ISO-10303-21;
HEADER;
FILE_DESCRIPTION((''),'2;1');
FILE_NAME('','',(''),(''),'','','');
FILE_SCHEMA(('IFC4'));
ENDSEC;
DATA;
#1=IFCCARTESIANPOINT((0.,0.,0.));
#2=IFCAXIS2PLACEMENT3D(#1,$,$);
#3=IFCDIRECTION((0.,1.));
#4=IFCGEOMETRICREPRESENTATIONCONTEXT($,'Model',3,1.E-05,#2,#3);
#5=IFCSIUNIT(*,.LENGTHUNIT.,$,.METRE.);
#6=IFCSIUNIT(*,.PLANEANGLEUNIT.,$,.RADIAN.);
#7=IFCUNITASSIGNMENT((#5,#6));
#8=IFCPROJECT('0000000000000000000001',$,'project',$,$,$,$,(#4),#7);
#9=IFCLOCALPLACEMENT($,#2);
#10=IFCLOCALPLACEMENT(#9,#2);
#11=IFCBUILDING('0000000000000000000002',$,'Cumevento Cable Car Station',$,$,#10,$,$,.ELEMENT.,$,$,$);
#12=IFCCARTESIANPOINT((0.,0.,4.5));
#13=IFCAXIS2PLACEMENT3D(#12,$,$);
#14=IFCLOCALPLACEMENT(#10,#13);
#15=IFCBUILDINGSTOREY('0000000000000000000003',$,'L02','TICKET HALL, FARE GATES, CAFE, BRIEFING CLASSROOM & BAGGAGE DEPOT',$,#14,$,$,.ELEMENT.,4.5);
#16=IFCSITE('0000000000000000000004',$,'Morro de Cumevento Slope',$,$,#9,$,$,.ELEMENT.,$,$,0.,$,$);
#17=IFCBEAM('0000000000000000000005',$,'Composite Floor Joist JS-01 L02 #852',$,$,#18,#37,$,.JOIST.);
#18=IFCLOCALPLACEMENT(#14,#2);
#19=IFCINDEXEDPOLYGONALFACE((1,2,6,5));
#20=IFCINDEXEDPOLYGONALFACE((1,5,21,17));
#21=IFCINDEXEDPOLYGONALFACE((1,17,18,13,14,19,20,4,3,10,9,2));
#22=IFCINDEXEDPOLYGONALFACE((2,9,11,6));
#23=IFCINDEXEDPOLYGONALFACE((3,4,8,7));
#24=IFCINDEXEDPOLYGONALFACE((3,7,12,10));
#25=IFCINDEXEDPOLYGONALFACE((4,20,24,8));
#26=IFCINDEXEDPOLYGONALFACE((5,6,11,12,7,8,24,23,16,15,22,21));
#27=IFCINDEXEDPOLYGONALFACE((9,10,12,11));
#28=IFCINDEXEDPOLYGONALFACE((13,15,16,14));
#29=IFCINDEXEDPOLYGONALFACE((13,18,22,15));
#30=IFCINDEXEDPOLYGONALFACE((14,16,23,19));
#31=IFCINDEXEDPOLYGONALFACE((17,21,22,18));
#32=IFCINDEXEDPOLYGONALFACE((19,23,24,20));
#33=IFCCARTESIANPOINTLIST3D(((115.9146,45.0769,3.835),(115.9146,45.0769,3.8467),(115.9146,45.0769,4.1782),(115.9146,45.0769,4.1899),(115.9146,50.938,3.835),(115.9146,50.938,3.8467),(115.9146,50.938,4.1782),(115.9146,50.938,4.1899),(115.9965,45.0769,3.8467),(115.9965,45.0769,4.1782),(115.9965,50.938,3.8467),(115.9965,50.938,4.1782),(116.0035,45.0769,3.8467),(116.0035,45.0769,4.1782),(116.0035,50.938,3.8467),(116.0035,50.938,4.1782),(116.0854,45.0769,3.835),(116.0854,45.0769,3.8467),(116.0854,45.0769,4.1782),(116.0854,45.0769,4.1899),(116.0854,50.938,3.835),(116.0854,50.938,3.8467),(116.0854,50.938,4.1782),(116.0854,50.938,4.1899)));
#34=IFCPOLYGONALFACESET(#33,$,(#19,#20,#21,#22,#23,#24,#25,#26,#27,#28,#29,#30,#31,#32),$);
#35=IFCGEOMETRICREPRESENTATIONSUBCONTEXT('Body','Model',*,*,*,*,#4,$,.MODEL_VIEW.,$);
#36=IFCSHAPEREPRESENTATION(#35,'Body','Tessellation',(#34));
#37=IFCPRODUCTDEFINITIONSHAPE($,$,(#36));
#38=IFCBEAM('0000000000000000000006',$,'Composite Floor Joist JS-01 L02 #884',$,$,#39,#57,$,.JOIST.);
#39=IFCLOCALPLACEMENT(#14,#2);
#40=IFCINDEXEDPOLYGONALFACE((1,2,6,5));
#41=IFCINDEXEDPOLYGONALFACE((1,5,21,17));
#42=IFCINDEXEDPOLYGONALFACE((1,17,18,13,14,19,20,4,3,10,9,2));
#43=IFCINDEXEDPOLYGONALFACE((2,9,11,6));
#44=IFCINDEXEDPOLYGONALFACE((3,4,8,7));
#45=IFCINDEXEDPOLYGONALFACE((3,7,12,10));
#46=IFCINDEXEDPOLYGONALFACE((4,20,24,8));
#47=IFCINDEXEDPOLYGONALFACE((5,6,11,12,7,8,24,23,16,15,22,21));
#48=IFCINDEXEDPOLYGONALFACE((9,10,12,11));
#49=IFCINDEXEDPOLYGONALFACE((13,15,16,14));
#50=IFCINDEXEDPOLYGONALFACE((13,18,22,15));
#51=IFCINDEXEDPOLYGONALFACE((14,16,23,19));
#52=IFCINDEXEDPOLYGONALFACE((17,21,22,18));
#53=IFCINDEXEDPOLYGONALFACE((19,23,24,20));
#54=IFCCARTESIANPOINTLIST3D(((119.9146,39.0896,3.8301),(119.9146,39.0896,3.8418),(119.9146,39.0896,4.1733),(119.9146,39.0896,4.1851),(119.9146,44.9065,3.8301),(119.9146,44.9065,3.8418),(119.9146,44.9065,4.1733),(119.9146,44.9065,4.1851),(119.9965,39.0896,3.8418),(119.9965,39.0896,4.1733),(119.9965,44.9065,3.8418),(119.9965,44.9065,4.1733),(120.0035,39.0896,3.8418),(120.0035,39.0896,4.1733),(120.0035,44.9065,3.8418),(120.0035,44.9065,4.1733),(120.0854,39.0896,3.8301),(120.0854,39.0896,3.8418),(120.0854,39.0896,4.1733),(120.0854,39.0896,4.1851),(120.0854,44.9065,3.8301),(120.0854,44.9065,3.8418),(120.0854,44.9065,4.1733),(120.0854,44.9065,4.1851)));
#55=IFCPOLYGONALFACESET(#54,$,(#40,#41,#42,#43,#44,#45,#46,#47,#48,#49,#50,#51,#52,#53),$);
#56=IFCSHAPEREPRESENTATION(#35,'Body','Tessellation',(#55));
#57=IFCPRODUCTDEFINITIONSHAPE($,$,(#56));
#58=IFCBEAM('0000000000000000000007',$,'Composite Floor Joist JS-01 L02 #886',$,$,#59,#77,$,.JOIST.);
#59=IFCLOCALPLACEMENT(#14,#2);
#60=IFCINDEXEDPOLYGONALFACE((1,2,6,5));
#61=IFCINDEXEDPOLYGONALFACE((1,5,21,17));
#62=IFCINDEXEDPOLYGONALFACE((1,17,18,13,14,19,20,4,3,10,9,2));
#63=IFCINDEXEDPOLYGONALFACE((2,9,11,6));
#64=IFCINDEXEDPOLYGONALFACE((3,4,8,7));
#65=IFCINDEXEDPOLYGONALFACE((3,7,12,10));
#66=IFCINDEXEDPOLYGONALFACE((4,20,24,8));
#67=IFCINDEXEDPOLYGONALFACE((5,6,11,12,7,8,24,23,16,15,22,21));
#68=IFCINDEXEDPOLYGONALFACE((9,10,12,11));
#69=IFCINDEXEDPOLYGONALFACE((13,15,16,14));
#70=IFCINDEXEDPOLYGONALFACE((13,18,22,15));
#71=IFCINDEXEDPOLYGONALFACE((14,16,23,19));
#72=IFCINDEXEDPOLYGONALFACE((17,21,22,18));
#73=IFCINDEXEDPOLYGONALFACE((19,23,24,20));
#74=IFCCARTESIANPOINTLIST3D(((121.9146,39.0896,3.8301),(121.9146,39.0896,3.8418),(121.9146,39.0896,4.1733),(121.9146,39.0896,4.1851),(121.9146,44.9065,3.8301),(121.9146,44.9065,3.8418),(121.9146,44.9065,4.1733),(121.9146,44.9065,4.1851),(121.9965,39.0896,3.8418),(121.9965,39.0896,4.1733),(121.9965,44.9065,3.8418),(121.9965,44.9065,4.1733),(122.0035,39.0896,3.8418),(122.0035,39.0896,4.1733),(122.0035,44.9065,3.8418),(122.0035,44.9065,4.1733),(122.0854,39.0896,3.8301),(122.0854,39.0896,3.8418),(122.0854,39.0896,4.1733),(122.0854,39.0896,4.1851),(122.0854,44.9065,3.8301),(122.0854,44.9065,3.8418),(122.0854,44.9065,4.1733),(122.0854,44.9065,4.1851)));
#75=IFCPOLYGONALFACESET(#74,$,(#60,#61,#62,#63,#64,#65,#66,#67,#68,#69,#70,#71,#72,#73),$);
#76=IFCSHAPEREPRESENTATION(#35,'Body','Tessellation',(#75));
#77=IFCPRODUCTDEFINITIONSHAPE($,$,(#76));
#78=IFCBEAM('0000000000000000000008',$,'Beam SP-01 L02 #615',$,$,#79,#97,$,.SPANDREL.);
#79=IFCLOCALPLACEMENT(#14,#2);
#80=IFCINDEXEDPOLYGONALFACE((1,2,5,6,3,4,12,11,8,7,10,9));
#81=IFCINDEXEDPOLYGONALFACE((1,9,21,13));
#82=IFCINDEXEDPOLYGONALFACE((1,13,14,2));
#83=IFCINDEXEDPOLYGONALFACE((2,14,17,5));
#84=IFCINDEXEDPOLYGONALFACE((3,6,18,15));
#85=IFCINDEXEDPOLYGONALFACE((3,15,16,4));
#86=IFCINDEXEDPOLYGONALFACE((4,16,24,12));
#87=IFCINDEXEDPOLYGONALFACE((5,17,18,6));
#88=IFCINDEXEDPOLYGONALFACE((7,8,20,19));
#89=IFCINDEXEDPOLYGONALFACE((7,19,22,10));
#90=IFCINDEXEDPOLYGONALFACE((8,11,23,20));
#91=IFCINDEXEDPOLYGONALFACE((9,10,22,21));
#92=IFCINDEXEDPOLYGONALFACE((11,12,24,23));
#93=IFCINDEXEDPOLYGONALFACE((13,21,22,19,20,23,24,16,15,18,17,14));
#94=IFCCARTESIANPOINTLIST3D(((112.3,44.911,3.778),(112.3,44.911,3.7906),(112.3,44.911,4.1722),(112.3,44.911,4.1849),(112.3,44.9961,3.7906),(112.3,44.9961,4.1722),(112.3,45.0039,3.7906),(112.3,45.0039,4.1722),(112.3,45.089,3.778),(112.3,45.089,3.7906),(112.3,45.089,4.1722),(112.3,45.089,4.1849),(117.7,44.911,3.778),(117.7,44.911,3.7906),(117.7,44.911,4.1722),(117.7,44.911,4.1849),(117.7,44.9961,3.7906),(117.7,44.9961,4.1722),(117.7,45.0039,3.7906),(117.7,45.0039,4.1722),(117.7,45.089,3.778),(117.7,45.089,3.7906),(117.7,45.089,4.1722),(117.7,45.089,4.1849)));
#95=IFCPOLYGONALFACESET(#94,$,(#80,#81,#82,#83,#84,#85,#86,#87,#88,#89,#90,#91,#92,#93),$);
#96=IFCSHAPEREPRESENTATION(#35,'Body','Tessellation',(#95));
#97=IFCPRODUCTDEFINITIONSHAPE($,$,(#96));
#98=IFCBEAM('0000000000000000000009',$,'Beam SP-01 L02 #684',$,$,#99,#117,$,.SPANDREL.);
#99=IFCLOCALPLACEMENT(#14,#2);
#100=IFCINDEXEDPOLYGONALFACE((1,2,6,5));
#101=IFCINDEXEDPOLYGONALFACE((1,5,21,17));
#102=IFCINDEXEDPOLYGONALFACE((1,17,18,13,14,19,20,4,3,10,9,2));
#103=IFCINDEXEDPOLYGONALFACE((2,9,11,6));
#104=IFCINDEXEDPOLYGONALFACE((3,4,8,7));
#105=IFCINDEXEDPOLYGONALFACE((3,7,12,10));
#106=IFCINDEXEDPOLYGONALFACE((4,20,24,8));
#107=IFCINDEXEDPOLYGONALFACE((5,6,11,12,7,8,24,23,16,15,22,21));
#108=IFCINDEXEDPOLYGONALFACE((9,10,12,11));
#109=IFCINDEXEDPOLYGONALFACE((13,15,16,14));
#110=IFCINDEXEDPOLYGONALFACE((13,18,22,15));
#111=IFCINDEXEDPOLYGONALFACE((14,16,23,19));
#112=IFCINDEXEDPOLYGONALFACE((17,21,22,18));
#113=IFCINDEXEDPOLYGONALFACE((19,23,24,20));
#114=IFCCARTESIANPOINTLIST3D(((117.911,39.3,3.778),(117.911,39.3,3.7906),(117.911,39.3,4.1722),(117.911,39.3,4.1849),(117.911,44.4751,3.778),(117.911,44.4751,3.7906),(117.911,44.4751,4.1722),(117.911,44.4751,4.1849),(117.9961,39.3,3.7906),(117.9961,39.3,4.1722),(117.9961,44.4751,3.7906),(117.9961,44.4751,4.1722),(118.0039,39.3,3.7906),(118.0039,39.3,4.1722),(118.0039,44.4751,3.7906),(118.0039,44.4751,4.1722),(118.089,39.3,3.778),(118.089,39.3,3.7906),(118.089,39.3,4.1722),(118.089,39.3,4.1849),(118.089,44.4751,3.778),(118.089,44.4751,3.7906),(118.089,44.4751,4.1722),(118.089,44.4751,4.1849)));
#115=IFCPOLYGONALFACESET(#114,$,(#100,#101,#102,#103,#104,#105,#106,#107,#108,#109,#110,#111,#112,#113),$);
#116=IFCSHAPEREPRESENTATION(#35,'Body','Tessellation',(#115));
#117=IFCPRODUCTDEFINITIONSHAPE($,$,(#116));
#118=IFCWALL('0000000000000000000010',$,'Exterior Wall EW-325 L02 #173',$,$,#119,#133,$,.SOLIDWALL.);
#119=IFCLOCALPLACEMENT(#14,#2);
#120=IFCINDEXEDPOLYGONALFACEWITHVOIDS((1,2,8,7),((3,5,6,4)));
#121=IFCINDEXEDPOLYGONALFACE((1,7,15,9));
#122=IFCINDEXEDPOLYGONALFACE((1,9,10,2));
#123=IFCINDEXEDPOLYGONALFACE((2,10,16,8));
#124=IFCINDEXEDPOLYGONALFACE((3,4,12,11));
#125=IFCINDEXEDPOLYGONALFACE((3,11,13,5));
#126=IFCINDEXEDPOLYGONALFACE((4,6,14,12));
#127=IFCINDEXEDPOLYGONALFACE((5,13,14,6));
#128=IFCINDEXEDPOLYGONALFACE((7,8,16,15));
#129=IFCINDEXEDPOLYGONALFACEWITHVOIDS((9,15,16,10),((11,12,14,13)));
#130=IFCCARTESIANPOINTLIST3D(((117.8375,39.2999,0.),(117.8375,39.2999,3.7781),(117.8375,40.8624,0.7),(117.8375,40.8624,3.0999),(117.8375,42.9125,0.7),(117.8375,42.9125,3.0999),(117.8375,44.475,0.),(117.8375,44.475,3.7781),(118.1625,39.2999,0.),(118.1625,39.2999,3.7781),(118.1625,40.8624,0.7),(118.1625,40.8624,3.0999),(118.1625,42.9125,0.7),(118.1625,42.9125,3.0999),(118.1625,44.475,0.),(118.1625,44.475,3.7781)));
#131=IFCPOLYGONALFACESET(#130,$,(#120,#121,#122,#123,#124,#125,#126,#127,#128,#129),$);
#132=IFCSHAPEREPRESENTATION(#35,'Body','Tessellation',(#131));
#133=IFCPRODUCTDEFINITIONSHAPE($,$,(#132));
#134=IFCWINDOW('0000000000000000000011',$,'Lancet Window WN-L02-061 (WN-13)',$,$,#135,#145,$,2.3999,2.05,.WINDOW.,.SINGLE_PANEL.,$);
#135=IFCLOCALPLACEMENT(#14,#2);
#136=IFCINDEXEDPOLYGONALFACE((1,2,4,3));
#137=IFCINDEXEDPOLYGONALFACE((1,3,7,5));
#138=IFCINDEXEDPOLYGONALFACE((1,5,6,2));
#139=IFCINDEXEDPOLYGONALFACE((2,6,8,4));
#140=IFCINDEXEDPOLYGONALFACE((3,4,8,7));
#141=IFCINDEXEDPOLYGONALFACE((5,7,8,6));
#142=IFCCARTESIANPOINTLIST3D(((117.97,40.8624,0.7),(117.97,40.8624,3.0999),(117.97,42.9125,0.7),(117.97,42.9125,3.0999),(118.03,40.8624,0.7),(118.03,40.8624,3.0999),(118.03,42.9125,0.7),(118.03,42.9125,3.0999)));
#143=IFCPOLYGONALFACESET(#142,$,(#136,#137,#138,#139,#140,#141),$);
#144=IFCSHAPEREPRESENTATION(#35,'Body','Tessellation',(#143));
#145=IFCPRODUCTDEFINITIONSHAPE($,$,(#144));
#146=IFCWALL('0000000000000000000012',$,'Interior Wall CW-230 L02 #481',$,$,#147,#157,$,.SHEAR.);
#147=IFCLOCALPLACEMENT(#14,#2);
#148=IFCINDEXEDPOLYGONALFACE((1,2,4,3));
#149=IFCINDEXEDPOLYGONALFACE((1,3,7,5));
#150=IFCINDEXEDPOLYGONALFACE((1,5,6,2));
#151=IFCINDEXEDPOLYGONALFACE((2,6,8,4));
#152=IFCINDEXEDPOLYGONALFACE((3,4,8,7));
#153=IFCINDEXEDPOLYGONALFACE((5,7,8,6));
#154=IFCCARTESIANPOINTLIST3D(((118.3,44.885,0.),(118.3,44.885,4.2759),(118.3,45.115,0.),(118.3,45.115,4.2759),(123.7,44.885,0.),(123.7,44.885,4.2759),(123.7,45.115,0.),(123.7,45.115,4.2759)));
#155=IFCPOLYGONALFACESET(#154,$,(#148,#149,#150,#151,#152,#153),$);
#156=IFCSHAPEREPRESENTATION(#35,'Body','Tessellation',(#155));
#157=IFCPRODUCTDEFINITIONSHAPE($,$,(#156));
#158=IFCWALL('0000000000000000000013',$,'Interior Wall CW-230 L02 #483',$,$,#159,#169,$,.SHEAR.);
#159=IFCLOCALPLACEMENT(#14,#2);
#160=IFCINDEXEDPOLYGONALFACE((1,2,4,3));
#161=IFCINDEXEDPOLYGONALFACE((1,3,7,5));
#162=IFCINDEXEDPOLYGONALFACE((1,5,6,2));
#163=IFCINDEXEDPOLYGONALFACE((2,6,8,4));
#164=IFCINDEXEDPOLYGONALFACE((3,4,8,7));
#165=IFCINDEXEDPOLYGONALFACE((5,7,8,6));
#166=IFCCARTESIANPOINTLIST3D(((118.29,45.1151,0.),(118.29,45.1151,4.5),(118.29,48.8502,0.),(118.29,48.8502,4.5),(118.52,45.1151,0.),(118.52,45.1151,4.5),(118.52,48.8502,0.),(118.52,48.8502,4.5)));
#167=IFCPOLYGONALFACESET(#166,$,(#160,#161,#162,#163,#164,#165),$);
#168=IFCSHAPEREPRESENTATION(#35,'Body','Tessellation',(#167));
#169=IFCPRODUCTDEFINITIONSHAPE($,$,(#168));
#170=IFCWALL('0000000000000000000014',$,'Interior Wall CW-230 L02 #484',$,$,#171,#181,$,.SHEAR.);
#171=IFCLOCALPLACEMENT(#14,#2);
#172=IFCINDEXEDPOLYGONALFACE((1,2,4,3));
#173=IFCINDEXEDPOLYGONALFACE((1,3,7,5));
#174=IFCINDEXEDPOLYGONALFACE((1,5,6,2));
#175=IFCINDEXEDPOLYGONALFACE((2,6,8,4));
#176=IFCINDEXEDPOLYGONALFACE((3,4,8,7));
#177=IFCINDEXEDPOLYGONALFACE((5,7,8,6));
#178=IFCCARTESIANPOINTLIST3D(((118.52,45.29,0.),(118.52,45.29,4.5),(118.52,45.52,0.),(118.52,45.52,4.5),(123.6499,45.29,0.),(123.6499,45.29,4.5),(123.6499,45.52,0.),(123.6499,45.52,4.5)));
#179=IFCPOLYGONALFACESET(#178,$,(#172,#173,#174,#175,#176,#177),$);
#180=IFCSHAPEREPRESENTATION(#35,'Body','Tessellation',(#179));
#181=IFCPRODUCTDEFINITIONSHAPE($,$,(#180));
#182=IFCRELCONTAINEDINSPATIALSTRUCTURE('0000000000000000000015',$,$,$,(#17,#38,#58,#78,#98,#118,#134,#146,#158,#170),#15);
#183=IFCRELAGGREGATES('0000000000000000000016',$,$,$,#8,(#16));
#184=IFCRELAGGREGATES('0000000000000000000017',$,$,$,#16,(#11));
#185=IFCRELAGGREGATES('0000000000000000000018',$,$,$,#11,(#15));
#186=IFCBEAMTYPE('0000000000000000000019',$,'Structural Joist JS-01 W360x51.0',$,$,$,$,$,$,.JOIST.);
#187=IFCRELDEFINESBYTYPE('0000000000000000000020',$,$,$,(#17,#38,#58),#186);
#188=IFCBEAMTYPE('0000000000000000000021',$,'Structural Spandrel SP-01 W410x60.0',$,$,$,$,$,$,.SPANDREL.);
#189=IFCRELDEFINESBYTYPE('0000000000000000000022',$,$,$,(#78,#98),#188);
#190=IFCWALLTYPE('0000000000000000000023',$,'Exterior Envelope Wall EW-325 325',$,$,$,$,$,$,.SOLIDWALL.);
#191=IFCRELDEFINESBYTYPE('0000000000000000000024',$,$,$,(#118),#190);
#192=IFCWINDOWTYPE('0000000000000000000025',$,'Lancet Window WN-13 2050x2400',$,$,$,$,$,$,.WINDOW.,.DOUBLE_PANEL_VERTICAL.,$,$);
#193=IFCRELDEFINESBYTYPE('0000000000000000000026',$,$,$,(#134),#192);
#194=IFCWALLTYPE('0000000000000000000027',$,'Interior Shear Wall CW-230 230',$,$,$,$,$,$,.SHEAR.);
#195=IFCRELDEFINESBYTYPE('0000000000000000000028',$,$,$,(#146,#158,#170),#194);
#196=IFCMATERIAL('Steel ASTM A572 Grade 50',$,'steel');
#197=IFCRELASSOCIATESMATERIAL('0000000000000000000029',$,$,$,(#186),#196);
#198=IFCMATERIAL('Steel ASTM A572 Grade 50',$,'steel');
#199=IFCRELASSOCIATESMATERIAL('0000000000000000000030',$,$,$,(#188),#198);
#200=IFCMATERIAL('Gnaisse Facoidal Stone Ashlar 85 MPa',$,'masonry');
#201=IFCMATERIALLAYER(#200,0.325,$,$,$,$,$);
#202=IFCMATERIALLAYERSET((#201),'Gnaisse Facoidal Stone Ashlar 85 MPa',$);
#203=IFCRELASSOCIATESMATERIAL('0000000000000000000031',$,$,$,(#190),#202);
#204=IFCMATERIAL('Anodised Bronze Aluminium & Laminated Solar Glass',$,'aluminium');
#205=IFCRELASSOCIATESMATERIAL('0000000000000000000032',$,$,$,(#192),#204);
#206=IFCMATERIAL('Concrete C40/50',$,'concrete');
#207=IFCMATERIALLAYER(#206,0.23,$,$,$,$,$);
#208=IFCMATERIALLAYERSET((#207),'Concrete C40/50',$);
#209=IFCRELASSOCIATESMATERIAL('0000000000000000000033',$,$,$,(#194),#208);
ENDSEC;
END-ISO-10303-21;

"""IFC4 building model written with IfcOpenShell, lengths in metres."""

from ifc_helpers import new_model, si_unit, direction, frame, frame_2d, origin, origin_2d, place, context, subcontext, project, spatial, rectangle, i_section, extrude, material, layer, layer_set, material_profile, profile_set, type_object, element, fill, save


model = new_model("IFC4")

# Units and contexts
model_context = context("Model", 3, precision=1e-05, world=origin(), true_north=direction((0.0, 1.0)))
body_context = subcontext(model_context, "Body", "Model", "MODEL_VIEW")
ifc_project = project(units=[si_unit("LENGTHUNIT", "METRE"), si_unit("PLANEANGLEUNIT", "RADIAN")], contexts=[model_context])

# Site, building, storey
site_placement = place(None, origin())
site = spatial("IfcSite", under=ifc_project, at=site_placement, Name="Morro de Cumevento Slope", CompositionType="ELEMENT", RefElevation=0.0)
building_placement = place(site_placement, origin())
building = spatial("IfcBuilding", under=site, at=building_placement, Name="Cumevento Cable Car Station", CompositionType="ELEMENT")
storey_placement = place(building_placement, frame((0.0, 0.0, 4.5)))
storey = spatial("IfcBuildingStorey", under=building, at=storey_placement, Name="L02", Description="TICKET HALL, FARE GATES, CAFE, BRIEFING CLASSROOM & BAGGAGE DEPOT", CompositionType="ELEMENT", Elevation=4.5)

# Beams
ifc_material_1 = material(Name="Steel ASTM A572 Grade 50", Category="steel")
ifc_material_profile_1 = material_profile(ifc_material_1, i_section(OverallWidth=0.1709, OverallDepth=0.355, WebThickness=0.0071, FlangeThickness=0.0117, at=origin_2d()), Name="W360x51.0")
ifc_profile_set_1 = profile_set([ifc_material_profile_1], Name="Steel ASTM A572 Grade 50")
beam_type_1 = type_object("IfcBeamType", Name="Structural Joist JS-01 W360x51.0", PredefinedType="JOIST", material=ifc_profile_set_1)
for number, where, z_axis, x_axis, name in (
    (1, (116.0, 45.0769, 4.0125), (0.0, 1.0, 0.0), (-1.0, 0.0, 0.0), "Composite Floor Joist JS-01 L02 #852"),
):
    element("IfcBeam", number, at=place(storey_placement, frame(where, z_axis=z_axis, x_axis=x_axis)), inside=storey, type_object=beam_type_1, Name=name, PredefinedType="JOIST", context=body_context, shape_type="SweptSolid", body=[
        extrude(i_section(OverallWidth=0.1709, OverallDepth=0.355, WebThickness=0.0071, FlangeThickness=0.0117, at=origin_2d()), origin(), (0.0, 0.0, 1.0), 5.8611),
    ])
for number, where, z_axis, x_axis, name in (
    (2, (120.0, 39.0896, 4.0076), (0.0, 1.0, 0.0), (-1.0, 0.0, 0.0), "Composite Floor Joist JS-01 L02 #884"),
    (3, (122.0, 39.0896, 4.0076), (0.0, 1.0, 0.0), (-1.0, 0.0, 0.0), "Composite Floor Joist JS-01 L02 #886"),
):
    element("IfcBeam", number, at=place(storey_placement, frame(where, z_axis=z_axis, x_axis=x_axis)), inside=storey, type_object=beam_type_1, Name=name, PredefinedType="JOIST", context=body_context, shape_type="SweptSolid", body=[
        extrude(i_section(OverallWidth=0.1709, OverallDepth=0.355, WebThickness=0.0071, FlangeThickness=0.0117, at=origin_2d()), origin(), (0.0, 0.0, 1.0), 5.8169),
    ])
ifc_material_2 = material(Name="Steel ASTM A572 Grade 50", Category="steel")
ifc_material_profile_2 = material_profile(ifc_material_2, i_section(OverallWidth=0.178, OverallDepth=0.407, WebThickness=0.0078, FlangeThickness=0.0127, at=origin_2d()), Name="W410x60.0")
ifc_profile_set_2 = profile_set([ifc_material_profile_2], Name="Steel ASTM A572 Grade 50")
beam_type_2 = type_object("IfcBeamType", Name="Structural Spandrel SP-01 W410x60.0", PredefinedType="SPANDREL", material=ifc_profile_set_2)
beam_1_placement = place(storey_placement, frame((112.3, 45.0, 3.9814), z_axis=(1.0, 0.0, 0.0), x_axis=(0.0, 1.0, 0.0)))
element("IfcBeam", 4, at=beam_1_placement, inside=storey, type_object=beam_type_2, Name="Beam SP-01 L02 #615", PredefinedType="SPANDREL", context=body_context, shape_type="SweptSolid", body=[
    extrude(i_section(OverallWidth=0.178, OverallDepth=0.407, WebThickness=0.0078, FlangeThickness=0.0127, at=origin_2d()), origin(), (0.0, 0.0, 1.0), 5.3999),
])
beam_2_placement = place(storey_placement, frame((118.0, 39.3, 3.9814), z_axis=(0.0, 1.0, 0.0), x_axis=(-1.0, 0.0, 0.0)))
element("IfcBeam", 5, at=beam_2_placement, inside=storey, type_object=beam_type_2, Name="Beam SP-01 L02 #684", PredefinedType="SPANDREL", context=body_context, shape_type="SweptSolid", body=[
    extrude(i_section(OverallWidth=0.178, OverallDepth=0.407, WebThickness=0.0078, FlangeThickness=0.0127, at=origin_2d()), origin(), (0.0, 0.0, 1.0), 5.175),
])

# Wall, opening, window
ifc_material_3 = material(Name="Gnaisse Facoidal Stone Ashlar 85 MPa", Category="masonry")
ifc_layer_1 = layer(ifc_material_3, 0.325)
ifc_layer_set_1 = layer_set([ifc_layer_1], Name="Gnaisse Facoidal Stone Ashlar 85 MPa")
wall_type_1 = type_object("IfcWallType", Name="Exterior Envelope Wall EW-325 325", PredefinedType="SOLIDWALL", material=ifc_layer_set_1)
wall_1_placement = place(storey_placement, frame((118.0, 39.3, 0.0), z_axis=(0.0, 0.0, 1.0), x_axis=(0.0, 1.0, 0.0)))
wall_1 = element("IfcWall", 6, at=wall_1_placement, inside=storey, type_object=wall_type_1, Name="Exterior Wall EW-325 L02 #173", PredefinedType="SOLIDWALL", context=body_context, shape_type="SweptSolid", body=[
    extrude(rectangle(XDim=5.175, YDim=0.325, at=frame_2d((2.5874, 0.0))), origin(), (0.0, 0.0, 1.0), 3.7781),
])
opening_placement = place(wall_1_placement, frame((1.5625, 0.0, 0.7)))
opening = element("IfcOpeningElement", 7, at=opening_placement, cuts=wall_1, PredefinedType="OPENING", context=body_context, shape_type="SweptSolid", body=[
    extrude(rectangle(XDim=2.05, YDim=2.3999, at=frame_2d((1.0249, 1.2))), frame((0.0, 0.1726, 0.0), z_axis=(0.0, -1.0, 0.0), x_axis=(1.0, 0.0, 0.0)), (0.0, 0.0, 1.0), 0.345),
])
ifc_material_4 = material(Name="Anodised Bronze Aluminium & Laminated Solar Glass", Category="aluminium")
window_type = type_object("IfcWindowType", Name="Lancet Window WN-13 2050x2400", PartitioningType="DOUBLE_PANEL_VERTICAL", PredefinedType="WINDOW", material=ifc_material_4)
window_placement = place(opening_placement, origin())
window = element("IfcWindow", 8, at=window_placement, inside=storey, type_object=window_type, Name="Lancet Window WN-L02-061 (WN-13)", OverallHeight=2.3999, OverallWidth=2.05, PartitioningType="SINGLE_PANEL", PredefinedType="WINDOW", context=body_context, shape_type="SweptSolid", body=[
    extrude(rectangle(XDim=2.05, YDim=2.3999, at=frame_2d((1.0249, 1.2))), frame((0.0, 0.03, 0.0), z_axis=(0.0, -1.0, 0.0), x_axis=(1.0, 0.0, 0.0)), (0.0, 0.0, 1.0), 0.0601),
])
fill(opening, window)

# Walls
ifc_material_5 = material(Name="Concrete C40/50", Category="concrete")
ifc_layer_2 = layer(ifc_material_5, 0.23)
ifc_layer_set_2 = layer_set([ifc_layer_2], Name="Concrete C40/50")
wall_type_2 = type_object("IfcWallType", Name="Interior Shear Wall CW-230 230", PredefinedType="SHEAR", material=ifc_layer_set_2)
wall_2_placement = place(storey_placement, frame((118.3, 45.0, 0.0), z_axis=(0.0, 0.0, 1.0), x_axis=(1.0, 0.0, 0.0)))
element("IfcWall", 9, at=wall_2_placement, inside=storey, type_object=wall_type_2, Name="Interior Wall CW-230 L02 #481", PredefinedType="SHEAR", context=body_context, shape_type="SweptSolid", body=[
    extrude(rectangle(XDim=5.3999, YDim=0.23, at=frame_2d((2.7, 0.0))), origin(), (0.0, 0.0, 1.0), 4.2759),
])
wall_3_placement = place(storey_placement, frame((118.405, 45.115, 0.0), z_axis=(0.0, 0.0, 1.0), x_axis=(0.0, 1.0, 0.0)))
element("IfcWall", 10, at=wall_3_placement, inside=storey, type_object=wall_type_2, Name="Interior Wall CW-230 L02 #483", PredefinedType="SHEAR", context=body_context, shape_type="SweptSolid", body=[
    extrude(rectangle(XDim=3.7351, YDim=0.23, at=frame_2d((1.8677, 0.0))), origin(), (0.0, 0.0, 1.0), 4.5),
])
wall_4_placement = place(storey_placement, frame((118.52, 45.405, 0.0), z_axis=(0.0, 0.0, 1.0), x_axis=(1.0, 0.0, 0.0)))
element("IfcWall", 11, at=wall_4_placement, inside=storey, type_object=wall_type_2, Name="Interior Wall CW-230 L02 #484", PredefinedType="SHEAR", context=body_context, shape_type="SweptSolid", body=[
    extrude(rectangle(XDim=5.1299, YDim=0.23, at=frame_2d((2.5649, 0.0))), origin(), (0.0, 0.0, 1.0), 4.5),
])

save(model, "model.ifc")
